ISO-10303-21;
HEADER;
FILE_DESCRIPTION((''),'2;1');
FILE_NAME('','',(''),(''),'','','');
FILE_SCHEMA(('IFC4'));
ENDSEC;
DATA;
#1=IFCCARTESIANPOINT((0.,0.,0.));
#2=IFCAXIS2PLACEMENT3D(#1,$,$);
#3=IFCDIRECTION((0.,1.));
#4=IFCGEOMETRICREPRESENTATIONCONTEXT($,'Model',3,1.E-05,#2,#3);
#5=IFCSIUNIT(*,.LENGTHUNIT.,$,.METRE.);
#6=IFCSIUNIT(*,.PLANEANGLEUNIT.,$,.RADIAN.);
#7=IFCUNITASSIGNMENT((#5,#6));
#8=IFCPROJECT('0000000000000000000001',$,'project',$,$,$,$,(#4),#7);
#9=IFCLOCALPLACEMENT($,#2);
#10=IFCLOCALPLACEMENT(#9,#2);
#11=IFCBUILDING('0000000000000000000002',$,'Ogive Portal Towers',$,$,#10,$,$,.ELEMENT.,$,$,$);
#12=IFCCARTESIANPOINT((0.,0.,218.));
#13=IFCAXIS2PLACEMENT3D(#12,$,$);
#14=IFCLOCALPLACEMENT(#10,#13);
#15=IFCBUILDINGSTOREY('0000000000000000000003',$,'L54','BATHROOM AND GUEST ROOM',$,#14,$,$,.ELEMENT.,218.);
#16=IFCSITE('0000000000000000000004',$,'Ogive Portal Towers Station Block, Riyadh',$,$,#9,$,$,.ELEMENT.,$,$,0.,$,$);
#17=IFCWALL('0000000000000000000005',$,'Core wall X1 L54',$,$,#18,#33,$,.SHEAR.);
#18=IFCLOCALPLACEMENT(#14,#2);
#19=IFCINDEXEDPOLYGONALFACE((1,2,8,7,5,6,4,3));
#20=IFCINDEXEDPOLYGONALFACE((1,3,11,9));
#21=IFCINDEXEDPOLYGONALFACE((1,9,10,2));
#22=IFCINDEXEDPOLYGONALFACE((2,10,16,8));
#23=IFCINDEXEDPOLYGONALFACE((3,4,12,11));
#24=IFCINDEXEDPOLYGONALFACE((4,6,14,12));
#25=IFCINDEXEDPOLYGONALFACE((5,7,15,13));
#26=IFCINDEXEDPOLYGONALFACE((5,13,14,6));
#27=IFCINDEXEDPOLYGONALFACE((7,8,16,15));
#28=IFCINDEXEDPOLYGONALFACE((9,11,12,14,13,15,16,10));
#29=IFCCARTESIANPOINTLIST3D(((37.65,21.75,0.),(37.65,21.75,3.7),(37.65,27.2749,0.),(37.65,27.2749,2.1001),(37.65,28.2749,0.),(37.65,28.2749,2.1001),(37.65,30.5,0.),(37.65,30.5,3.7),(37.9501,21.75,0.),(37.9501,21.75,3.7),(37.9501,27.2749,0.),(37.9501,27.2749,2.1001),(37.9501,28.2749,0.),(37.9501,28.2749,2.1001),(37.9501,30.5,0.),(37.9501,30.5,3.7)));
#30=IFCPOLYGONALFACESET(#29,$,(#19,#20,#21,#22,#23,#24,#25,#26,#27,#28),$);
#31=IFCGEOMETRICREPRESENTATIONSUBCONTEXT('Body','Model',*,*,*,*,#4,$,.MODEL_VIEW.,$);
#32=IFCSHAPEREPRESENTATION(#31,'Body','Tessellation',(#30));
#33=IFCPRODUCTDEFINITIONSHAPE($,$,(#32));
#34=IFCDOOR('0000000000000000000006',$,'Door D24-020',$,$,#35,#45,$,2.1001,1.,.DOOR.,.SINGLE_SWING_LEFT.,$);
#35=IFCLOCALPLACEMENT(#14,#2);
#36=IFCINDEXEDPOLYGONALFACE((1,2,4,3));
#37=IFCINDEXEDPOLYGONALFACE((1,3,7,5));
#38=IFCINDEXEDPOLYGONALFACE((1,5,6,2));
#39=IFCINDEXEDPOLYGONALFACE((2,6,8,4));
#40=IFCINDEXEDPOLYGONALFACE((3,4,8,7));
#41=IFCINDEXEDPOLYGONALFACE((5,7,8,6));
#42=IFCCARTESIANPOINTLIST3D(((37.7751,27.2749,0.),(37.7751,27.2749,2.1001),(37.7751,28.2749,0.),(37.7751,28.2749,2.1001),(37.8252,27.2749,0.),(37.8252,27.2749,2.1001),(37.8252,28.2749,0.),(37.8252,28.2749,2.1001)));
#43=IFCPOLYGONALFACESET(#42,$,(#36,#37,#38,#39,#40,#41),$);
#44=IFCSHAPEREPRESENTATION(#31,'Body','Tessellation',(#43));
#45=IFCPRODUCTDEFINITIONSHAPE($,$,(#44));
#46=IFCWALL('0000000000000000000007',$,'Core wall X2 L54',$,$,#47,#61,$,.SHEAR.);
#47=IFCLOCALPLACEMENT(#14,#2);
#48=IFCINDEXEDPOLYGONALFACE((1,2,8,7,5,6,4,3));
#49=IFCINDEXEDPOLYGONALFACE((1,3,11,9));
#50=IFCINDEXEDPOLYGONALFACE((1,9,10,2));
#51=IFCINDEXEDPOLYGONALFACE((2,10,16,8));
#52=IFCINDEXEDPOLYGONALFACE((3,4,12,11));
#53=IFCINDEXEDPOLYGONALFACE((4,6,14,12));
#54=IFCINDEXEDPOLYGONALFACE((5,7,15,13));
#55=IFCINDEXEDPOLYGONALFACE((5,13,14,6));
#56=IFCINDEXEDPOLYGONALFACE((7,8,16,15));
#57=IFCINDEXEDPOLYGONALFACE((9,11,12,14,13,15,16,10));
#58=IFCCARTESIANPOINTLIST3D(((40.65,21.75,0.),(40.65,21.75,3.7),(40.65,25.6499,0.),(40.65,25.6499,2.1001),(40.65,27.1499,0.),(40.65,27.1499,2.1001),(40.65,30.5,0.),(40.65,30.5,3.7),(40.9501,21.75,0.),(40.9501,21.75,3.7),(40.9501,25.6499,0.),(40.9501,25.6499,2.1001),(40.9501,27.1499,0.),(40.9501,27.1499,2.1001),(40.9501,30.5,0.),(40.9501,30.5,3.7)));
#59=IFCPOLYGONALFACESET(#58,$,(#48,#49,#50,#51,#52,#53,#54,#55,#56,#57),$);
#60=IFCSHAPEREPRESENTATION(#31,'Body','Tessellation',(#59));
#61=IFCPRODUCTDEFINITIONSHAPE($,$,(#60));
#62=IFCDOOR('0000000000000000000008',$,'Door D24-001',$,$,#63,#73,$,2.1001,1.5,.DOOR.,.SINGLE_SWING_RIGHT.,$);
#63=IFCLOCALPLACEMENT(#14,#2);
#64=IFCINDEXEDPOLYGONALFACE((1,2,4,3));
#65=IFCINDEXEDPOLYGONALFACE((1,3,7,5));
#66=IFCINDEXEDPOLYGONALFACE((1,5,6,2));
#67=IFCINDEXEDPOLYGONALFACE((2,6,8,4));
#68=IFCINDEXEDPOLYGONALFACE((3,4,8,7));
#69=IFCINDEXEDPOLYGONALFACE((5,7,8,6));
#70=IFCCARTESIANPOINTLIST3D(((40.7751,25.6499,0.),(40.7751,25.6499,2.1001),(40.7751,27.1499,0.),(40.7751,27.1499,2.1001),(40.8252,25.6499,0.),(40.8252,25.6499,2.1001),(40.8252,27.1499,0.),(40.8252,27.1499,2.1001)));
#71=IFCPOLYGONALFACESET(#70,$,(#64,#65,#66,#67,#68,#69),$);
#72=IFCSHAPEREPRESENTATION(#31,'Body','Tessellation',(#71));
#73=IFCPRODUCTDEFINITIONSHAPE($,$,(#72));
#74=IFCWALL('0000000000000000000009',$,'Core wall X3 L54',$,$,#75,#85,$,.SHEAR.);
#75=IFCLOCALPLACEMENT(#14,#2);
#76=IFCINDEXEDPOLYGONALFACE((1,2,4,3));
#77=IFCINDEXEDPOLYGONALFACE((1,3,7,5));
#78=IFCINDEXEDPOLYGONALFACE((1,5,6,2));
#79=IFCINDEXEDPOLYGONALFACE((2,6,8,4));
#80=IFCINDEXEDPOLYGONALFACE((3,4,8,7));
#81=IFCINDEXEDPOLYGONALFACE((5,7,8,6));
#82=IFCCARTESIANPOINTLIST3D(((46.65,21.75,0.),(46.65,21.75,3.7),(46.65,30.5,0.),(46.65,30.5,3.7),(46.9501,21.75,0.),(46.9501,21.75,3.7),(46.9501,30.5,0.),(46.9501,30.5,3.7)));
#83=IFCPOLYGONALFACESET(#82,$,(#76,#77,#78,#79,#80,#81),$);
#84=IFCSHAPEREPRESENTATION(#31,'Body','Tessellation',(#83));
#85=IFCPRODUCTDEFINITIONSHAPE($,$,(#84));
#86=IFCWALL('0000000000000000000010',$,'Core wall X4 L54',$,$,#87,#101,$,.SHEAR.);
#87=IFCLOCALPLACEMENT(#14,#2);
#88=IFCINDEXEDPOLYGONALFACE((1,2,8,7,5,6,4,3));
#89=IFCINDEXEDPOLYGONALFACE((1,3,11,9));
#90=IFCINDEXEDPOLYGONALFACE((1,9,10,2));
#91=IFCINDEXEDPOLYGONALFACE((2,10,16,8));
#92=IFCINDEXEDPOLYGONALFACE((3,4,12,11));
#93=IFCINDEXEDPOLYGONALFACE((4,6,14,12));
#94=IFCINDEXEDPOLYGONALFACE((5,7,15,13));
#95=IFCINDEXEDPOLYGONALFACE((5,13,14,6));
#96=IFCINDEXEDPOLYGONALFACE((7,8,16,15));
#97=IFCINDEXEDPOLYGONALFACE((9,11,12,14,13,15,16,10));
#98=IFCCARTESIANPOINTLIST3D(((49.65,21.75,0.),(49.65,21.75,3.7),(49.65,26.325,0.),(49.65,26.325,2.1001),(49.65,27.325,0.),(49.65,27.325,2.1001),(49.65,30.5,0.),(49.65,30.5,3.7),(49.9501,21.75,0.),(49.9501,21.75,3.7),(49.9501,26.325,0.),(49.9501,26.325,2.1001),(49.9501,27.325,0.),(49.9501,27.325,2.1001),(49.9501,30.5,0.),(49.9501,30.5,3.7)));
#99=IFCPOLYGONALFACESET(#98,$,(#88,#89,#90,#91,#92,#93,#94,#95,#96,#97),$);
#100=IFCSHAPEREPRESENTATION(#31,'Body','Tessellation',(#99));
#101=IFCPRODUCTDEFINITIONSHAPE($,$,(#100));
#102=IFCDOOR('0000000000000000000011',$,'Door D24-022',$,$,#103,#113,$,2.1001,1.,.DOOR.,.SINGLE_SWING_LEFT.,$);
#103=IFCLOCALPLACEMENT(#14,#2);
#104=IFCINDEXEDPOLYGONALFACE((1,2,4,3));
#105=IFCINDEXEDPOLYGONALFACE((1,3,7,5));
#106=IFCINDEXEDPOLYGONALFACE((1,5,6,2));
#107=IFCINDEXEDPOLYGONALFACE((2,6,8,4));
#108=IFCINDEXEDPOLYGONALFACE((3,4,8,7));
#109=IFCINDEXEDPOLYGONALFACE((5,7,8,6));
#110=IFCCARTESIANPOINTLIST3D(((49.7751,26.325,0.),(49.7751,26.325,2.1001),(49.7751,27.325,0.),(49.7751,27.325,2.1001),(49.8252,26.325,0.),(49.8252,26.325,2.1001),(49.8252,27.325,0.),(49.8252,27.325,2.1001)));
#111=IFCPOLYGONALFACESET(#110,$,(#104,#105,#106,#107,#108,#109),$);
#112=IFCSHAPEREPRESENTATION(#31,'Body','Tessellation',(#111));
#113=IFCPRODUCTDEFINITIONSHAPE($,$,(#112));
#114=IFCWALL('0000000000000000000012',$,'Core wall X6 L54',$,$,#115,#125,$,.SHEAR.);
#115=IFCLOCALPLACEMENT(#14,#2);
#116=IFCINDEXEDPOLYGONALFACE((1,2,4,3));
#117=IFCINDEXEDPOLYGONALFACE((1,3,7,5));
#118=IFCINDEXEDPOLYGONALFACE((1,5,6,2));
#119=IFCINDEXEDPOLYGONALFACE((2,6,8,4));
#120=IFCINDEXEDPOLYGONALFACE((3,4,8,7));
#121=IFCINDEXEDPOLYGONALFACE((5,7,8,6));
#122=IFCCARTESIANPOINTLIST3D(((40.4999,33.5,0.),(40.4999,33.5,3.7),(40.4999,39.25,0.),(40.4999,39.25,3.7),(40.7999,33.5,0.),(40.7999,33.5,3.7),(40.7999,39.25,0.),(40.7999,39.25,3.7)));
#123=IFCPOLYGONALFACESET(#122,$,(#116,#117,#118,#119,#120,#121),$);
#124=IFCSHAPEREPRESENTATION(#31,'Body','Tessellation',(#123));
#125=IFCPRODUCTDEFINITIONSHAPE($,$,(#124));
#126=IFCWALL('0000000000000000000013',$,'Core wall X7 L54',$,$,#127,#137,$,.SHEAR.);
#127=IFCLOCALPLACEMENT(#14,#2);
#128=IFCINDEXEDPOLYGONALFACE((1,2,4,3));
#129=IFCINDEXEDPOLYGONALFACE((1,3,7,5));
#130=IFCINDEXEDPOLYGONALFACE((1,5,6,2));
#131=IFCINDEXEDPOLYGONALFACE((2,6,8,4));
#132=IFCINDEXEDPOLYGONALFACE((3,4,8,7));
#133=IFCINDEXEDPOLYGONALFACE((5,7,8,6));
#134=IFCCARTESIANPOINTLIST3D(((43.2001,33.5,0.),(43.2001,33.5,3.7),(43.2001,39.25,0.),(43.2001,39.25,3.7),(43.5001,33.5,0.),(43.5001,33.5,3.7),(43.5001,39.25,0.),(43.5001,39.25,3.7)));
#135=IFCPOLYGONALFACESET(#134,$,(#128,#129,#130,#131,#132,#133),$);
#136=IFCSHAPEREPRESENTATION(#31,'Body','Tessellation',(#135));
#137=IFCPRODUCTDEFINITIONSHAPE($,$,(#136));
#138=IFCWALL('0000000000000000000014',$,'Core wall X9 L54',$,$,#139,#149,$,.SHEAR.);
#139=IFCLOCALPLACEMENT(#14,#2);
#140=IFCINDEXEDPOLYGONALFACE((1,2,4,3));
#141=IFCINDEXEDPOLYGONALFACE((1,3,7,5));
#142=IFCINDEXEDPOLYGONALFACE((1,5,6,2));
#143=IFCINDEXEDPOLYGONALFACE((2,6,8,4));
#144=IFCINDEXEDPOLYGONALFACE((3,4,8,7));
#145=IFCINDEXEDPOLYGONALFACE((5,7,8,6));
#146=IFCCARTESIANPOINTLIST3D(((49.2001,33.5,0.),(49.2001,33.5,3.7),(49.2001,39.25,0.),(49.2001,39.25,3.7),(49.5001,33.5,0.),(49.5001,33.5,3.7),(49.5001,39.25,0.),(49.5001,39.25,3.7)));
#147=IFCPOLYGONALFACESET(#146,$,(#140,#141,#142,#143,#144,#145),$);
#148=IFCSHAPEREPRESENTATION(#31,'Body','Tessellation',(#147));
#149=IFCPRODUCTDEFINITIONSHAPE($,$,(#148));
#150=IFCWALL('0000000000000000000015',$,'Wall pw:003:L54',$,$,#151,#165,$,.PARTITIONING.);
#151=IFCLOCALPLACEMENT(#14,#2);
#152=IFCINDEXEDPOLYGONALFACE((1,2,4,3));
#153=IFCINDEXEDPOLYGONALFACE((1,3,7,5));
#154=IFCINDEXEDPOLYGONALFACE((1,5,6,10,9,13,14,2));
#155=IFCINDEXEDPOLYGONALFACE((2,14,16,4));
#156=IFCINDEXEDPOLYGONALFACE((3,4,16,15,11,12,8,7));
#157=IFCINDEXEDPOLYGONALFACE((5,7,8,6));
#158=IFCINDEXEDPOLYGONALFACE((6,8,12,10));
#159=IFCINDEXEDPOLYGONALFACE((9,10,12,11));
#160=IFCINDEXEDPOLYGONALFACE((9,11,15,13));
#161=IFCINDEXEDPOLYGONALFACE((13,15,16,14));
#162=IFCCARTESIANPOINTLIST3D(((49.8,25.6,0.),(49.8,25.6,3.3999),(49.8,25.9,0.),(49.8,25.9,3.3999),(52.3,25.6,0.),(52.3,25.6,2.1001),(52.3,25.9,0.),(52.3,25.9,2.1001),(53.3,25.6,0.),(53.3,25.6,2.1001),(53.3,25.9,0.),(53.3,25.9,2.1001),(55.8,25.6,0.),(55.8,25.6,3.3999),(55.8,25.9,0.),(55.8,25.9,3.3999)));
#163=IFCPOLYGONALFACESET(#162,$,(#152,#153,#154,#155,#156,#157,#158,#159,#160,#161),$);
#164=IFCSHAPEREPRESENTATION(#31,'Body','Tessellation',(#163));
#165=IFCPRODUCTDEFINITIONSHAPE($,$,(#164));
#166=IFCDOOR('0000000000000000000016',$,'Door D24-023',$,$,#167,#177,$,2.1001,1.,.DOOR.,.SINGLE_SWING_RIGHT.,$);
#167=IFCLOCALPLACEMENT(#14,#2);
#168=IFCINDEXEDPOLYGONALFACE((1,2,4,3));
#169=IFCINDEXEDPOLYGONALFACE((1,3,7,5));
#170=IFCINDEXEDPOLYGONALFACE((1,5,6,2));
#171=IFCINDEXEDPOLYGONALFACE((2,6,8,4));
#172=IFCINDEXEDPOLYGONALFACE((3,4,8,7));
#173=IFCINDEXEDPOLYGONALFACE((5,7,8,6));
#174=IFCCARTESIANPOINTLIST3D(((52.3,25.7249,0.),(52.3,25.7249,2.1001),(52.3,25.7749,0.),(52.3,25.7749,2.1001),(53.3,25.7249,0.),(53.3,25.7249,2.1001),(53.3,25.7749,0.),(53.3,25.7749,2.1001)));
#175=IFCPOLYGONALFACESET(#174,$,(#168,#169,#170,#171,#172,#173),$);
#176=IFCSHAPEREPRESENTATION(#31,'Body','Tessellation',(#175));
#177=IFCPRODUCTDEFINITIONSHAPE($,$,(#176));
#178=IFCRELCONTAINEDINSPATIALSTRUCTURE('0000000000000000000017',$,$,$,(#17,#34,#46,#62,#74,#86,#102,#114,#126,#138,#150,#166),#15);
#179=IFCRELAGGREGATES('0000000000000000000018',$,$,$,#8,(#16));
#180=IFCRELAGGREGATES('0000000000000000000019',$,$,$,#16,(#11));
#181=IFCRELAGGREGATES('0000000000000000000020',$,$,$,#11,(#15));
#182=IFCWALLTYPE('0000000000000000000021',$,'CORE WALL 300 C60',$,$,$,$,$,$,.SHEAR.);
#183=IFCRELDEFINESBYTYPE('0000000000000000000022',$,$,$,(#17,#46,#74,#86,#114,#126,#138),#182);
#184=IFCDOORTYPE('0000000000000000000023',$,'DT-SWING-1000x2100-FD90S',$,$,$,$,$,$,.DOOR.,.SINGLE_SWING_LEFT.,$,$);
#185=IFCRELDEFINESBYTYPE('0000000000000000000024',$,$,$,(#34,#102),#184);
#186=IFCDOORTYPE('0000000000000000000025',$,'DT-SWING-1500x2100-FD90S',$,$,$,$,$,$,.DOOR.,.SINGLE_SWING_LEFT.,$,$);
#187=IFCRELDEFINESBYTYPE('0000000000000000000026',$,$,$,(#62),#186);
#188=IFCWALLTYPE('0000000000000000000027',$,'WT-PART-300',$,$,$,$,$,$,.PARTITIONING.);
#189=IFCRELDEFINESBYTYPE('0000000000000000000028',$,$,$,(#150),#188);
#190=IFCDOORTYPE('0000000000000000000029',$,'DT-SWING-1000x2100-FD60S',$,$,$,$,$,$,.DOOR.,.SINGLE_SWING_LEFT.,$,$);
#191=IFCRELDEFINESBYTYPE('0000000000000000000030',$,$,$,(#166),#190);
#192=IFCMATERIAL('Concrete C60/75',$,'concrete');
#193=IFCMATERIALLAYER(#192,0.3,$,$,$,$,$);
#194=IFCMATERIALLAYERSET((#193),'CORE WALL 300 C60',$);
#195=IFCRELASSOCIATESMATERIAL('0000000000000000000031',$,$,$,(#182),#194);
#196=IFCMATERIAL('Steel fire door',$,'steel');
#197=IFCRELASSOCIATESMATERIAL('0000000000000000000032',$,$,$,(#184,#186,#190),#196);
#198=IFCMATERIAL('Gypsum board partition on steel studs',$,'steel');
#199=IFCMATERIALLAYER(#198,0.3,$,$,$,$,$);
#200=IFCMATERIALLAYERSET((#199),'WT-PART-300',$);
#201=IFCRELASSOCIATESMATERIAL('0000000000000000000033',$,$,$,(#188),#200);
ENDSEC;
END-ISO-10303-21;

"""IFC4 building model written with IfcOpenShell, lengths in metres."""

from ifc_helpers import new_model, si_unit, direction, frame, frame_2d, origin, place, context, subcontext, project, spatial, rectangle, extrude, material, layer, layer_set, type_object, element, fill, save


model = new_model("IFC4")

# Units and contexts
model_context = context("Model", 3, precision=1e-05, world=origin(), true_north=direction((0.0, 1.0)))
body_context = subcontext(model_context, "Body", "Model", "MODEL_VIEW")
ifc_project = project(units=[si_unit("LENGTHUNIT", "METRE"), si_unit("PLANEANGLEUNIT", "RADIAN")], contexts=[model_context])

# Site, building, storey
site_placement = place(None, origin())
site = spatial("IfcSite", under=ifc_project, at=site_placement, Name="Ogive Portal Towers Station Block, Riyadh", CompositionType="ELEMENT", RefElevation=0.0)
building_placement = place(site_placement, origin())
building = spatial("IfcBuilding", under=site, at=building_placement, Name="Ogive Portal Towers", CompositionType="ELEMENT")
storey_placement = place(building_placement, frame((0.0, 0.0, 218.0)))
storey = spatial("IfcBuildingStorey", under=building, at=storey_placement, Name="L54", Description="BATHROOM AND GUEST ROOM", CompositionType="ELEMENT", Elevation=218.0)

# Walls, openings, doors
ifc_material_1 = material(Name="Concrete C60/75", Category="concrete")
ifc_layer_1 = layer(ifc_material_1, 0.3)
ifc_layer_set_1 = layer_set([ifc_layer_1], Name="CORE WALL 300 C60")
wall_type_1 = type_object("IfcWallType", Name="CORE WALL 300 C60", PredefinedType="SHEAR", material=ifc_layer_set_1)
wall_1_placement = place(storey_placement, frame((37.8, 21.75, 0.0), z_axis=(0.0, 0.0, 1.0), x_axis=(0.0, 1.0, 0.0)))
wall_1 = element("IfcWall", 1, at=wall_1_placement, inside=storey, type_object=wall_type_1, Name="Core wall X1 L54", PredefinedType="SHEAR", context=body_context, shape_type="SweptSolid", body=[
    extrude(rectangle(XDim=8.75, YDim=0.3, at=frame_2d((4.375, 0.0))), origin(), (0.0, 0.0, 1.0), 3.7),
])
opening_1_placement = place(wall_1_placement, frame((5.5249, 0.0, 0.0)))
opening_1 = element("IfcOpeningElement", 2, at=opening_1_placement, cuts=wall_1, PredefinedType="OPENING", context=body_context, shape_type="SweptSolid", body=[
    extrude(rectangle(XDim=1.0, YDim=2.1001, at=frame_2d((0.5, 1.05))), frame((0.0, 0.1602, 0.0), z_axis=(0.0, -1.0, 0.0), x_axis=(1.0, 0.0, 0.0)), (0.0, 0.0, 1.0), 0.3201),
])
ifc_material_2 = material(Name="Steel fire door", Category="steel")
door_type_1 = type_object("IfcDoorType", Name="DT-SWING-1000x2100-FD90S", OperationType="SINGLE_SWING_LEFT", PredefinedType="DOOR", material=ifc_material_2)
door_1_placement = place(opening_1_placement, origin())
door_1 = element("IfcDoor", 3, at=door_1_placement, inside=storey, type_object=door_type_1, Name="Door D24-020", OperationType="SINGLE_SWING_LEFT", OverallHeight=2.1001, OverallWidth=1.0, PredefinedType="DOOR", context=body_context, shape_type="SweptSolid", body=[
    extrude(rectangle(XDim=1.0, YDim=2.1001, at=frame_2d((0.5, 1.05))), frame((0.0, 0.0249, 0.0), z_axis=(0.0, -1.0, 0.0), x_axis=(1.0, 0.0, 0.0)), (0.0, 0.0, 1.0), 0.05),
])
fill(opening_1, door_1)
wall_2_placement = place(storey_placement, frame((40.8, 21.75, 0.0), z_axis=(0.0, 0.0, 1.0), x_axis=(0.0, 1.0, 0.0)))
wall_2 = element("IfcWall", 4, at=wall_2_placement, inside=storey, type_object=wall_type_1, Name="Core wall X2 L54", PredefinedType="SHEAR", context=body_context, shape_type="SweptSolid", body=[
    extrude(rectangle(XDim=8.75, YDim=0.3, at=frame_2d((4.375, 0.0))), origin(), (0.0, 0.0, 1.0), 3.7),
])
opening_2_placement = place(wall_2_placement, frame((3.8999, 0.0, 0.0)))
opening_2 = element("IfcOpeningElement", 5, at=opening_2_placement, cuts=wall_2, PredefinedType="OPENING", context=body_context, shape_type="SweptSolid", body=[
    extrude(rectangle(XDim=1.5, YDim=2.1001, at=frame_2d((0.75, 1.05))), frame((0.0, 0.1602, 0.0), z_axis=(0.0, -1.0, 0.0), x_axis=(1.0, 0.0, 0.0)), (0.0, 0.0, 1.0), 0.3201),
])
door_type_2 = type_object("IfcDoorType", Name="DT-SWING-1500x2100-FD90S", OperationType="SINGLE_SWING_LEFT", PredefinedType="DOOR", material=ifc_material_2)
door_2_placement = place(opening_2_placement, origin())
door_2 = element("IfcDoor", 6, at=door_2_placement, inside=storey, type_object=door_type_2, Name="Door D24-001", OperationType="SINGLE_SWING_RIGHT", OverallHeight=2.1001, OverallWidth=1.5, PredefinedType="DOOR", context=body_context, shape_type="SweptSolid", body=[
    extrude(rectangle(XDim=1.5, YDim=2.1001, at=frame_2d((0.75, 1.05))), frame((0.0, 0.0249, 0.0), z_axis=(0.0, -1.0, 0.0), x_axis=(1.0, 0.0, 0.0)), (0.0, 0.0, 1.0), 0.05),
])
fill(opening_2, door_2)

# Wall
wall_3_placement = place(storey_placement, frame((46.8, 21.75, 0.0), z_axis=(0.0, 0.0, 1.0), x_axis=(0.0, 1.0, 0.0)))
element("IfcWall", 7, at=wall_3_placement, inside=storey, type_object=wall_type_1, Name="Core wall X3 L54", PredefinedType="SHEAR", context=body_context, shape_type="SweptSolid", body=[
    extrude(rectangle(XDim=8.75, YDim=0.3, at=frame_2d((4.375, 0.0))), origin(), (0.0, 0.0, 1.0), 3.7),
])

# Wall, opening, door
wall_4_placement = place(storey_placement, frame((49.8, 21.75, 0.0), z_axis=(0.0, 0.0, 1.0), x_axis=(0.0, 1.0, 0.0)))
wall_4 = element("IfcWall", 8, at=wall_4_placement, inside=storey, type_object=wall_type_1, Name="Core wall X4 L54", PredefinedType="SHEAR", context=body_context, shape_type="SweptSolid", body=[
    extrude(rectangle(XDim=8.75, YDim=0.3, at=frame_2d((4.375, 0.0))), origin(), (0.0, 0.0, 1.0), 3.7),
])
opening_3_placement = place(wall_4_placement, frame((4.575, 0.0, 0.0)))
opening_3 = element("IfcOpeningElement", 9, at=opening_3_placement, cuts=wall_4, PredefinedType="OPENING", context=body_context, shape_type="SweptSolid", body=[
    extrude(rectangle(XDim=1.0, YDim=2.1001, at=frame_2d((0.5, 1.05))), frame((0.0, 0.1602, 0.0), z_axis=(0.0, -1.0, 0.0), x_axis=(1.0, 0.0, 0.0)), (0.0, 0.0, 1.0), 0.3201),
])
door_3_placement = place(opening_3_placement, origin())
door_3 = element("IfcDoor", 10, at=door_3_placement, inside=storey, type_object=door_type_1, Name="Door D24-022", OperationType="SINGLE_SWING_LEFT", OverallHeight=2.1001, OverallWidth=1.0, PredefinedType="DOOR", context=body_context, shape_type="SweptSolid", body=[
    extrude(rectangle(XDim=1.0, YDim=2.1001, at=frame_2d((0.5, 1.05))), frame((0.0, 0.0249, 0.0), z_axis=(0.0, -1.0, 0.0), x_axis=(1.0, 0.0, 0.0)), (0.0, 0.0, 1.0), 0.05),
])
fill(opening_3, door_3)

# Walls
for number, where, z_axis, x_axis, name in (
    (11, (40.6499, 33.5, 0.0), (0.0, 0.0, 1.0), (0.0, 1.0, 0.0), "Core wall X6 L54"),
    (12, (43.3501, 33.5, 0.0), (0.0, 0.0, 1.0), (0.0, 1.0, 0.0), "Core wall X7 L54"),
    (13, (49.3501, 33.5, 0.0), (0.0, 0.0, 1.0), (0.0, 1.0, 0.0), "Core wall X9 L54"),
):
    element("IfcWall", number, at=place(storey_placement, frame(where, z_axis=z_axis, x_axis=x_axis)), inside=storey, type_object=wall_type_1, Name=name, PredefinedType="SHEAR", context=body_context, shape_type="SweptSolid", body=[
        extrude(rectangle(XDim=5.75, YDim=0.3, at=frame_2d((2.875, 0.0))), origin(), (0.0, 0.0, 1.0), 3.7),
    ])

# Wall, opening, door
ifc_material_3 = material(Name="Gypsum board partition on steel studs", Category="steel")
ifc_layer_2 = layer(ifc_material_3, 0.3)
ifc_layer_set_2 = layer_set([ifc_layer_2], Name="WT-PART-300")
wall_type_2 = type_object("IfcWallType", Name="WT-PART-300", PredefinedType="PARTITIONING", material=ifc_layer_set_2)
wall_5_placement = place(storey_placement, frame((49.8, 25.75, 0.0), z_axis=(0.0, 0.0, 1.0), x_axis=(1.0, 0.0, 0.0)))
wall_5 = element("IfcWall", 14, at=wall_5_placement, inside=storey, type_object=wall_type_2, Name="Wall pw:003:L54", PredefinedType="PARTITIONING", context=body_context, shape_type="SweptSolid", body=[
    extrude(rectangle(XDim=6.0, YDim=0.3, at=frame_2d((3.0, 0.0))), origin(), (0.0, 0.0, 1.0), 3.3999),
])
opening_4_placement = place(wall_5_placement, frame((2.5, 0.0, 0.0)))
opening_4 = element("IfcOpeningElement", 15, at=opening_4_placement, cuts=wall_5, PredefinedType="OPENING", context=body_context, shape_type="SweptSolid", body=[
    extrude(rectangle(XDim=1.0, YDim=2.1001, at=frame_2d((0.5, 1.05))), frame((0.0, 0.1602, 0.0), z_axis=(0.0, -1.0, 0.0), x_axis=(1.0, 0.0, 0.0)), (0.0, 0.0, 1.0), 0.3201),
])
door_type_3 = type_object("IfcDoorType", Name="DT-SWING-1000x2100-FD60S", OperationType="SINGLE_SWING_LEFT", PredefinedType="DOOR", material=ifc_material_2)
door_4_placement = place(opening_4_placement, origin())
door_4 = element("IfcDoor", 16, at=door_4_placement, inside=storey, type_object=door_type_3, Name="Door D24-023", OperationType="SINGLE_SWING_RIGHT", OverallHeight=2.1001, OverallWidth=1.0, PredefinedType="DOOR", context=body_context, shape_type="SweptSolid", body=[
    extrude(rectangle(XDim=1.0, YDim=2.1001, at=frame_2d((0.5, 1.05))), frame((0.0, 0.0249, 0.0), z_axis=(0.0, -1.0, 0.0), x_axis=(1.0, 0.0, 0.0)), (0.0, 0.0, 1.0), 0.05),
])
fill(opening_4, door_4)

save(model, "model.ifc")
